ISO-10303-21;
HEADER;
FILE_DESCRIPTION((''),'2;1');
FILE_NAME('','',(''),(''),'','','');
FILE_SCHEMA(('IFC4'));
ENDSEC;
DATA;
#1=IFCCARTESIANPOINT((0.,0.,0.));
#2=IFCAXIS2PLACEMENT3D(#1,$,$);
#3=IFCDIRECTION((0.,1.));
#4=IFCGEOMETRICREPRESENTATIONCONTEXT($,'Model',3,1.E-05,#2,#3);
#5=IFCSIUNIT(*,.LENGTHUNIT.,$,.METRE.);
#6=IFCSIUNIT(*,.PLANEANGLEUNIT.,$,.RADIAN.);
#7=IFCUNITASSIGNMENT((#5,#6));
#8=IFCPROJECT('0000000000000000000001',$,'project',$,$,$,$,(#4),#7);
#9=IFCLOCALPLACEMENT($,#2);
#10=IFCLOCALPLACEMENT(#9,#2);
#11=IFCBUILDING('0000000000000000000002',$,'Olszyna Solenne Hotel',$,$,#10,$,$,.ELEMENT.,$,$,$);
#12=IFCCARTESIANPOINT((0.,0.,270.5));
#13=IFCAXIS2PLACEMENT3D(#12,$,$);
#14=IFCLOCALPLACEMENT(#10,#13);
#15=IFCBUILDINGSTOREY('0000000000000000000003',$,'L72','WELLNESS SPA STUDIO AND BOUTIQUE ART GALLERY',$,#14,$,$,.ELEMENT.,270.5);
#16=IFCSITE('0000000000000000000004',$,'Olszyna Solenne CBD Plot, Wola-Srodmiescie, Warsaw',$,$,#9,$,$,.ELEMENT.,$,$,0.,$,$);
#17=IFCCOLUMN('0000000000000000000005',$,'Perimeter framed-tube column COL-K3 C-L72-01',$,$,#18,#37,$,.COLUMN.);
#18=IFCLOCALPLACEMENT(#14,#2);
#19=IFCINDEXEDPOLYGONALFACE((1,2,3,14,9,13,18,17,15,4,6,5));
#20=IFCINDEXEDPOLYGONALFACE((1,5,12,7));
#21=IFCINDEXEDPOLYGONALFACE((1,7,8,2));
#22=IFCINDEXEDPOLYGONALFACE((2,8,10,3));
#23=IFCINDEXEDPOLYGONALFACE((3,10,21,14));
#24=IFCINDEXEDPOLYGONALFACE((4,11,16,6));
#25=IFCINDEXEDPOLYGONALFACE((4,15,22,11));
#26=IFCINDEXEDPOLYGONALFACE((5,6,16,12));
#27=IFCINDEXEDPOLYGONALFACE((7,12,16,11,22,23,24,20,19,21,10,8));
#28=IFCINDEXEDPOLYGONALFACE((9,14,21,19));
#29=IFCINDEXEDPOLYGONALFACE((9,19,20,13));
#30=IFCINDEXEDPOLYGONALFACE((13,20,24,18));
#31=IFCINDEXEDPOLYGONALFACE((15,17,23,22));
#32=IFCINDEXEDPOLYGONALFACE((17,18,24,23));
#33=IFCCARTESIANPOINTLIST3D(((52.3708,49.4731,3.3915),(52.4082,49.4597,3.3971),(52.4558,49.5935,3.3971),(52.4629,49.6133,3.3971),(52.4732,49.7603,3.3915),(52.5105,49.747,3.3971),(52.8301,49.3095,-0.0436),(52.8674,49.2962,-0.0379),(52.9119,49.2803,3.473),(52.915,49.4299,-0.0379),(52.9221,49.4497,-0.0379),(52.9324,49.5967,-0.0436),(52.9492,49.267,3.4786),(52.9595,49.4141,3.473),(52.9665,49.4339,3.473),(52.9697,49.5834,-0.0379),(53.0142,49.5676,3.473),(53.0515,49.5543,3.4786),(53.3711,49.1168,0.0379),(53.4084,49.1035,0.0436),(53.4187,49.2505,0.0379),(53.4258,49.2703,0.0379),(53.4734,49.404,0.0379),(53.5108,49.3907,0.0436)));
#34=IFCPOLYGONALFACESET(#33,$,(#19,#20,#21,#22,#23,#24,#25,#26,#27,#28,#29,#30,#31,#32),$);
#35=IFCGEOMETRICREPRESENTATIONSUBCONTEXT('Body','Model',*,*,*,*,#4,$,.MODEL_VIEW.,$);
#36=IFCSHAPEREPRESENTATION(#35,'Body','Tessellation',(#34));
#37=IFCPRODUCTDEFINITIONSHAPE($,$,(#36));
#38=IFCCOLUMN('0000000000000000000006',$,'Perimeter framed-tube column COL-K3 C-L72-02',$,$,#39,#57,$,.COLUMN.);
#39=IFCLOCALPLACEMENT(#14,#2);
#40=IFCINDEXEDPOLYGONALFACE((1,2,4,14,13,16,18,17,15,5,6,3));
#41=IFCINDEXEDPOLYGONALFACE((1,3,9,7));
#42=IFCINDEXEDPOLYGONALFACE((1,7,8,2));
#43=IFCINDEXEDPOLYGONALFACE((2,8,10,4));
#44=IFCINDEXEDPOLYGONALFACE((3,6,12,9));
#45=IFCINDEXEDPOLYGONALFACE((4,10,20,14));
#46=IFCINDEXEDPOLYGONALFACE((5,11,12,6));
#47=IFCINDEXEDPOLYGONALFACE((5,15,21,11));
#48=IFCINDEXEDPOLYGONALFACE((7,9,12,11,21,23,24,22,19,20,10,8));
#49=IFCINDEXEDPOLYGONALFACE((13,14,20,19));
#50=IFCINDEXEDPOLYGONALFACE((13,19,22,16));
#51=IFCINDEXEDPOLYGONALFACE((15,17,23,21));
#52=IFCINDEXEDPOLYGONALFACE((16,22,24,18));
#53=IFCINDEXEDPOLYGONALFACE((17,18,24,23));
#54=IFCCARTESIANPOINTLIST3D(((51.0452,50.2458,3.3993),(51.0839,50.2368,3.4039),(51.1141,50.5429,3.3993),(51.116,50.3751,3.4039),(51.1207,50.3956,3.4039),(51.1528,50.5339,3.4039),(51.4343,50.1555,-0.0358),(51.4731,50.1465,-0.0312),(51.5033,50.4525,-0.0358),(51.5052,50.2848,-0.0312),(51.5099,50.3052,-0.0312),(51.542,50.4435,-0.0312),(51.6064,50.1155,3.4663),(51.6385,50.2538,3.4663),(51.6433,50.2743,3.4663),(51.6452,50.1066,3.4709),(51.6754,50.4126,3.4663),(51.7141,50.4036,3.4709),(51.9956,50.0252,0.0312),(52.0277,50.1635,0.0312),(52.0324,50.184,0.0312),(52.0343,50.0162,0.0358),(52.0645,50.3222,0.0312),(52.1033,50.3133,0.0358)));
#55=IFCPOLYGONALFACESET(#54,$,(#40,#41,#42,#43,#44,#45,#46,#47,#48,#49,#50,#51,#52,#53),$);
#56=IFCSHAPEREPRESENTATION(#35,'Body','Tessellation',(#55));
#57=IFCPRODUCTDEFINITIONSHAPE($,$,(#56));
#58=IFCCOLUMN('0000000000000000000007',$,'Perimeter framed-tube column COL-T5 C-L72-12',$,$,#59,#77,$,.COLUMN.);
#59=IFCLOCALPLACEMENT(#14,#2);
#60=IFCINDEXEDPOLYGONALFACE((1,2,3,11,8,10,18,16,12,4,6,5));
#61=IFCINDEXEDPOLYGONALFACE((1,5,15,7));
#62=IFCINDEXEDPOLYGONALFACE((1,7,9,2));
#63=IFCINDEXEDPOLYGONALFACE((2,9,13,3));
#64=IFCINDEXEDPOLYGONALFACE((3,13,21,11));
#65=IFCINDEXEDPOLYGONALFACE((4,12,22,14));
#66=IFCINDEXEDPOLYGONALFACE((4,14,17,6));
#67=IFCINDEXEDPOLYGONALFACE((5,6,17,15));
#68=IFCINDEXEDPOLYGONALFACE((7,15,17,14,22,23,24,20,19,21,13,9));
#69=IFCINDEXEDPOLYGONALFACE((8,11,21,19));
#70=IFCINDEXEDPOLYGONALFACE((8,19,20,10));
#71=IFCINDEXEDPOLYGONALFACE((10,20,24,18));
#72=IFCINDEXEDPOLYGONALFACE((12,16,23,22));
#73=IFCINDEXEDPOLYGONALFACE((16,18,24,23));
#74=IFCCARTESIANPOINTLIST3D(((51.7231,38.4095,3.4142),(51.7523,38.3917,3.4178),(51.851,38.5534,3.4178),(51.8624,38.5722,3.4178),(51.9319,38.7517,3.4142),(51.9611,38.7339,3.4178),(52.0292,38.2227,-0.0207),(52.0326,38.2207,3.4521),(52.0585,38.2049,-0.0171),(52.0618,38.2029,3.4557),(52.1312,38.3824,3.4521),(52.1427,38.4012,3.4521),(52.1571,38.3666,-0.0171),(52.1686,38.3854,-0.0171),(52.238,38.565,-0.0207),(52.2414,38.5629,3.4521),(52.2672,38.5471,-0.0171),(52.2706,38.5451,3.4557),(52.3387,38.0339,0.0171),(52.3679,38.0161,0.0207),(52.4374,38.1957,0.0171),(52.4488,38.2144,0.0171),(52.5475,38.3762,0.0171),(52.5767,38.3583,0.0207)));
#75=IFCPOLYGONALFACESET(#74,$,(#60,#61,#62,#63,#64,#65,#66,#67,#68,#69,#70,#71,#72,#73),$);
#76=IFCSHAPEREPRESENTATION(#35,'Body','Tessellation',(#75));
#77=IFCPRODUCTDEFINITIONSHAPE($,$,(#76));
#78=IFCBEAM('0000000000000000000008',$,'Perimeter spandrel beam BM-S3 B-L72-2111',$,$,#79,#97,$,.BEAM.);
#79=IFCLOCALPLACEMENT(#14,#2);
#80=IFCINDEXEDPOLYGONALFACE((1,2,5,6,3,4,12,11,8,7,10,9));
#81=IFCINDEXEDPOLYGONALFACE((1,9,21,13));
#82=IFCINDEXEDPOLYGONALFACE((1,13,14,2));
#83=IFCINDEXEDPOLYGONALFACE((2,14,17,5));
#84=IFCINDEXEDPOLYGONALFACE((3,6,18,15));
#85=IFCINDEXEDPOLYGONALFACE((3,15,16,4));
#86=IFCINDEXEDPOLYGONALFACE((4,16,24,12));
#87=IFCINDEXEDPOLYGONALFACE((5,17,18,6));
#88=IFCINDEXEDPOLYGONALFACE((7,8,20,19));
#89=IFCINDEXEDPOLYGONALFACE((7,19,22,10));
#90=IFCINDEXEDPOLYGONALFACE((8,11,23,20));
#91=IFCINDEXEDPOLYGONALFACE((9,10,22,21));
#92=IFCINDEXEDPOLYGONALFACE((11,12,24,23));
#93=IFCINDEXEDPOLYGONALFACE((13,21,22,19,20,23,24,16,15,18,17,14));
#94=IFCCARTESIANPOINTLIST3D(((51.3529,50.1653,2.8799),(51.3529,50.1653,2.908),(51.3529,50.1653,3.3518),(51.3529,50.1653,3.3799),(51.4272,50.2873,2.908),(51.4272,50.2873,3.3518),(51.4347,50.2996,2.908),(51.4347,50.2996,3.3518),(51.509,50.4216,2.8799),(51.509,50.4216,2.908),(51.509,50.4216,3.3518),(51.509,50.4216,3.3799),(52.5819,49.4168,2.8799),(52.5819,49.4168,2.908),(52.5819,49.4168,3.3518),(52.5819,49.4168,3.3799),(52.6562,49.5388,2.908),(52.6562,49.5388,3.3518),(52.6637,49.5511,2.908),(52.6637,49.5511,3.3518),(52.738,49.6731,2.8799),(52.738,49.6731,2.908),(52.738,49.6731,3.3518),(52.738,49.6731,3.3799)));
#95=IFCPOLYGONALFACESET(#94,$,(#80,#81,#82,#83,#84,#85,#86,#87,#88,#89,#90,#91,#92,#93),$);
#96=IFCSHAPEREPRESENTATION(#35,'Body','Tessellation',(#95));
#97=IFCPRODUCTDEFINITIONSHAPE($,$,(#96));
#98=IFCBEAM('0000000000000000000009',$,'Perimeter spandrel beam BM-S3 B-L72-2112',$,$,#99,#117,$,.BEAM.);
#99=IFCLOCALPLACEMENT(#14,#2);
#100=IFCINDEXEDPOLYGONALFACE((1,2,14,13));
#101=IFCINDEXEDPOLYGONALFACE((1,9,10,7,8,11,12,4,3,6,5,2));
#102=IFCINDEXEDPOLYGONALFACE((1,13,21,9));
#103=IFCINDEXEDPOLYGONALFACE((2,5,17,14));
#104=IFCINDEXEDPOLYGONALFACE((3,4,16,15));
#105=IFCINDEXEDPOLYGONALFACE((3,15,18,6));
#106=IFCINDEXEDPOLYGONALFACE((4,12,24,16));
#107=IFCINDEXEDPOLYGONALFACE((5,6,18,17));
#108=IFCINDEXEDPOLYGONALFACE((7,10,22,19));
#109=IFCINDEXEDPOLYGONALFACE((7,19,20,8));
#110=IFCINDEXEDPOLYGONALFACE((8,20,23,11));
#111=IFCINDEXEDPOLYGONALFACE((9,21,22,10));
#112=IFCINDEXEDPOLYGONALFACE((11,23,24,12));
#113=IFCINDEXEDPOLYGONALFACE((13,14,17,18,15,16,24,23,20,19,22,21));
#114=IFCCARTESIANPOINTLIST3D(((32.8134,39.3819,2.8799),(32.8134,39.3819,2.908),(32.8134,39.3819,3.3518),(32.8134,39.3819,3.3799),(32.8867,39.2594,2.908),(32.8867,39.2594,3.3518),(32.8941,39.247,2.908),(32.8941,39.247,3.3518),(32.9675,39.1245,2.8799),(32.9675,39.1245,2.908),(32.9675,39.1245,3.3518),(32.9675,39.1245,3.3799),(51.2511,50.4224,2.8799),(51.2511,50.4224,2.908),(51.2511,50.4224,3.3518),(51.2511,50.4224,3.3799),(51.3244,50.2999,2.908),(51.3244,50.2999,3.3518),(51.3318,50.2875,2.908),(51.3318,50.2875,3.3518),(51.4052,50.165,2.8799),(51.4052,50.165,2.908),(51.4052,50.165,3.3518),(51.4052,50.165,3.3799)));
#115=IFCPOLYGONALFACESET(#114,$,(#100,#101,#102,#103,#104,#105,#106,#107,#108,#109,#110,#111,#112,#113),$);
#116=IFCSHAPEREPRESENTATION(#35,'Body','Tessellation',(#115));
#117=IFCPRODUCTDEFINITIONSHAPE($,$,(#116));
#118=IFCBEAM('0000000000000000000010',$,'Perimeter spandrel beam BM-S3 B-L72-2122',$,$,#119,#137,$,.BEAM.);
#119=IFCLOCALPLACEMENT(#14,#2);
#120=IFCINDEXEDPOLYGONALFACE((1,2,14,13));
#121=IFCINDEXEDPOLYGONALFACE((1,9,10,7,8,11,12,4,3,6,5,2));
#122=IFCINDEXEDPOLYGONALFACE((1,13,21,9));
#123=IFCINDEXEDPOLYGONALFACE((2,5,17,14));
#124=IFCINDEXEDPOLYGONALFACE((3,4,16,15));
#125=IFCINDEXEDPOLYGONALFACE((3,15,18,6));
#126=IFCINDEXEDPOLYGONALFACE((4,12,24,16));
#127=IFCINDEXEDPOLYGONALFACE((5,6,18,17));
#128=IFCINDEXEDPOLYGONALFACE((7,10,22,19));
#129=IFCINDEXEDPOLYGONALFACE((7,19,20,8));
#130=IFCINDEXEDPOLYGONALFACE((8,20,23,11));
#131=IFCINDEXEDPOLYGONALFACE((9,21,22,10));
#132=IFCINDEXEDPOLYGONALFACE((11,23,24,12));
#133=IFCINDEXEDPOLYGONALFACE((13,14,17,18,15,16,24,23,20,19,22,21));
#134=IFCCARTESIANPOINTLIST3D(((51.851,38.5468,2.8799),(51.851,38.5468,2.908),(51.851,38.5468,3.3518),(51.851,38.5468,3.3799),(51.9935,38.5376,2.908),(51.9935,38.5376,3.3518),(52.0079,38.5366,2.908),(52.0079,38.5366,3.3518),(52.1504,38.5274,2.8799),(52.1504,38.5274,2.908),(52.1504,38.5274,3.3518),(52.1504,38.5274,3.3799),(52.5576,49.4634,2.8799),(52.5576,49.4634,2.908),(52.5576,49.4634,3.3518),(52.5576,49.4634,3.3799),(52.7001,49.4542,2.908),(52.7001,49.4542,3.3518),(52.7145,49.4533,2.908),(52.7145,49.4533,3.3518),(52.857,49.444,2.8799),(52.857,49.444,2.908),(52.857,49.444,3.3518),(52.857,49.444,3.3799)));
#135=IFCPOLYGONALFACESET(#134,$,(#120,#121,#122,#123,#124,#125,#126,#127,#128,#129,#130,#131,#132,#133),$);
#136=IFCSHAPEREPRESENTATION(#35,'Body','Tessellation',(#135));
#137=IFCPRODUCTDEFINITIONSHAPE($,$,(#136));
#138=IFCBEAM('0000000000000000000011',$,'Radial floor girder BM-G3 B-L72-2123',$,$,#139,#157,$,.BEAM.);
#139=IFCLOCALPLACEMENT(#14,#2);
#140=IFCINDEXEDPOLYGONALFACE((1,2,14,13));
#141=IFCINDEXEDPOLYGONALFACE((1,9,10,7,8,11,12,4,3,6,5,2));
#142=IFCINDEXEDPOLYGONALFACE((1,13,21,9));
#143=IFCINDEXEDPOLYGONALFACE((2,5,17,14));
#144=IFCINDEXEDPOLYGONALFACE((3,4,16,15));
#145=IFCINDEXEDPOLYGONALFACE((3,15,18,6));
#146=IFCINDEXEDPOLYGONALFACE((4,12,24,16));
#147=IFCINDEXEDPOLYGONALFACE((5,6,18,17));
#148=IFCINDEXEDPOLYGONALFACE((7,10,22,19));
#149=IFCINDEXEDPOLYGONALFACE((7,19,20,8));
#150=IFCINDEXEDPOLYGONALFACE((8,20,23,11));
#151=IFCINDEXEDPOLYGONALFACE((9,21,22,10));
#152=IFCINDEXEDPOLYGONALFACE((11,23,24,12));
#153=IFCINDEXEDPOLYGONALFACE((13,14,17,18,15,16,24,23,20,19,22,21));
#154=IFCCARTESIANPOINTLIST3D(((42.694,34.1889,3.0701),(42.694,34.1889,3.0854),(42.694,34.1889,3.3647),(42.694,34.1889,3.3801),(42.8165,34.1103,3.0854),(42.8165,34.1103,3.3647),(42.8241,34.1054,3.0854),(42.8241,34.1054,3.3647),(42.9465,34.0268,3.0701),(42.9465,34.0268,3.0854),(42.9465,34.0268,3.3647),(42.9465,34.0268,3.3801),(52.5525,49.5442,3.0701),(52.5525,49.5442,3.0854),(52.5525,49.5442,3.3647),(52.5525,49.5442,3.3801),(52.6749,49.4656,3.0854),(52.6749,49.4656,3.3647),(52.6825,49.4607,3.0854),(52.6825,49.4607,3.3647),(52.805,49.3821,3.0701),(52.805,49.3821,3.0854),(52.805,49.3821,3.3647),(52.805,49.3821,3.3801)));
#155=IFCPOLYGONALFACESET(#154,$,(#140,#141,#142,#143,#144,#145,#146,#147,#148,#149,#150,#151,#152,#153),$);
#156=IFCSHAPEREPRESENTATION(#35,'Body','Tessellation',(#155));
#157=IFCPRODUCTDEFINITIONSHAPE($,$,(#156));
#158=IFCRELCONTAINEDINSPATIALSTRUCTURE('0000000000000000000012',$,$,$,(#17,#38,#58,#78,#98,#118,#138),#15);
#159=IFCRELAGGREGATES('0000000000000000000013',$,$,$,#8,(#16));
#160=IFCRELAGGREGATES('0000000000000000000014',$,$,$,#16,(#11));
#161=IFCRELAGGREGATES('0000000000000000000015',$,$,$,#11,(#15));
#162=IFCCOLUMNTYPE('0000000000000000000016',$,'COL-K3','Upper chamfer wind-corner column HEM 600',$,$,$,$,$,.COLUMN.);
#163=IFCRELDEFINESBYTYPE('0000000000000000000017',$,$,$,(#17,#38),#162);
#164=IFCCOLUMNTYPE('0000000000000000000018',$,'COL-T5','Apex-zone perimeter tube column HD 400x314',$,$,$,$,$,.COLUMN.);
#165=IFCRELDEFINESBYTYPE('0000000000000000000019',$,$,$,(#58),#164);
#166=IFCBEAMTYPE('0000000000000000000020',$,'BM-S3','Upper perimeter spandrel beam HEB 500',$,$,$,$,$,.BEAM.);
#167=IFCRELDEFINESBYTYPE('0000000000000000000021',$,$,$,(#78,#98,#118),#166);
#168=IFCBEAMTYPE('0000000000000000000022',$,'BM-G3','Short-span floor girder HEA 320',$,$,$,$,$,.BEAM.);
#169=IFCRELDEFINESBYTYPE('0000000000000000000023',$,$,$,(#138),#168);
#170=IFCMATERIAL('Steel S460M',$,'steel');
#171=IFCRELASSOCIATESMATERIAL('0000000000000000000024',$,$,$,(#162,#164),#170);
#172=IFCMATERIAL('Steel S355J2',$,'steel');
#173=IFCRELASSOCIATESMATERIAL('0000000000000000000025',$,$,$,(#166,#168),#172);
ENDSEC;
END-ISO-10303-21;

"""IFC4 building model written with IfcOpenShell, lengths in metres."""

from ifc_helpers import new_model, si_unit, direction, frame, origin, origin_2d, place, context, subcontext, project, spatial, i_section, extrude, source, transform, mapped, material, material_profile, profile_set, type_object, element, save


model = new_model("IFC4")

# Units and contexts
model_context = context("Model", 3, precision=1e-05, world=origin(), true_north=direction((0.0, 1.0)))
body_context = subcontext(model_context, "Body", "Model", "MODEL_VIEW")
ifc_project = project(units=[si_unit("LENGTHUNIT", "METRE"), si_unit("PLANEANGLEUNIT", "RADIAN")], contexts=[model_context])

# Site, building, storey
site_placement = place(None, origin())
site = spatial("IfcSite", under=ifc_project, at=site_placement, Name="Olszyna Solenne CBD Plot, Wola-Srodmiescie, Warsaw", CompositionType="ELEMENT", RefElevation=0.0)
building_placement = place(site_placement, origin())
building = spatial("IfcBuilding", under=site, at=building_placement, Name="Olszyna Solenne Hotel", CompositionType="ELEMENT")
storey_placement = place(building_placement, frame((0.0, 0.0, 270.5)))
storey = spatial("IfcBuildingStorey", under=building, at=storey_placement, Name="L72", Description="WELLNESS SPA STUDIO AND BOUTIQUE ART GALLERY", CompositionType="ELEMENT", Elevation=270.5)

# Columns
ifc_material_1 = material(Name="Steel S460M", Category="steel")
ifc_material_profile_1 = material_profile(ifc_material_1, i_section(OverallWidth=0.3049, OverallDepth=0.6201, WebThickness=0.021, FlangeThickness=0.04, at=origin_2d()), Name="HEM 600", Category="load-bearing")
ifc_profile_set_1 = profile_set([ifc_material_profile_1], Name="Steel S460M")
column_type_1 = type_object("IfcColumnType", Name="COL-K3", Description="Upper chamfer wind-corner column HEM 600", PredefinedType="COLUMN", material=ifc_profile_set_1)
shared_shape_1 = source(origin(), body_context, "Body", "SweptSolid", [
    extrude(i_section(OverallWidth=0.3049, OverallDepth=0.6201, WebThickness=0.021, FlangeThickness=0.04, at=origin_2d()), origin(), (0.0, 0.0, 1.0), 3.4695),
])
column_1_placement = place(storey_placement, frame((53.1704, 49.3501, 0.0), z_axis=(-0.132362, 0.047147, 0.990079), x_axis=(-0.335543, -0.942025, 0.0)))
element("IfcColumn", 1, at=column_1_placement, inside=storey, type_object=column_type_1, Name="Perimeter framed-tube column COL-K3 C-L72-01", PredefinedType="COLUMN", context=body_context, shape_type="MappedRepresentation", body=[
    mapped(shared_shape_1, transform((0.0, 0.0, 0.0), x_axis=(1.0, 0.0, 0.0), y_axis=(0.0, 1.0, 0.0), z_axis=(0.0, 0.0, 1.0), scale=1.0)),
])
shared_shape_2 = source(origin(), body_context, "Body", "SweptSolid", [
    extrude(i_section(OverallWidth=0.3049, OverallDepth=0.6201, WebThickness=0.021, FlangeThickness=0.04, at=origin_2d()), origin(), (0.0, 0.0, 1.0), 3.4583),
])
column_2_placement = place(storey_placement, frame((51.7688, 50.2344, 0.0), z_axis=(-0.112532, 0.026121, 0.993305), x_axis=(-0.226109, -0.974102, 0.0)))
element("IfcColumn", 2, at=column_2_placement, inside=storey, type_object=column_type_1, Name="Perimeter framed-tube column COL-K3 C-L72-02", PredefinedType="COLUMN", context=body_context, shape_type="MappedRepresentation", body=[
    mapped(shared_shape_2, transform((0.0, 0.0, 0.0), x_axis=(1.0, 0.0, 0.0), y_axis=(0.0, 1.0, 0.0), z_axis=(0.0, 0.0, 1.0), scale=1.0)),
])
ifc_material_profile_2 = material_profile(ifc_material_1, i_section(OverallWidth=0.4009, OverallDepth=0.3989, WebThickness=0.022, FlangeThickness=0.0344, at=origin_2d()), Name="HD 400x314", Category="load-bearing")
ifc_profile_set_2 = profile_set([ifc_material_profile_2], Name="Steel S460M")
column_type_2 = type_object("IfcColumnType", Name="COL-T5", Description="Apex-zone perimeter tube column HD 400x314", PredefinedType="COLUMN", material=ifc_profile_set_2)
shared_shape_3 = source(origin(), body_context, "Body", "SweptSolid", [
    extrude(i_section(OverallWidth=0.4009, OverallDepth=0.3989, WebThickness=0.022, FlangeThickness=0.0344, at=origin_2d()), origin(), (0.0, 0.0, 1.0), 3.4536),
])
column_3_placement = place(storey_placement, frame((52.303, 38.2905, 0.0), z_axis=(-0.088644, 0.054077, 0.994594), x_axis=(-0.520789, -0.853685, 0.0)))
element("IfcColumn", 3, at=column_3_placement, inside=storey, type_object=column_type_2, Name="Perimeter framed-tube column COL-T5 C-L72-12", PredefinedType="COLUMN", context=body_context, shape_type="MappedRepresentation", body=[
    mapped(shared_shape_3, transform((0.0, 0.0, 0.0), x_axis=(1.0, 0.0, 0.0), y_axis=(0.0, 1.0, 0.0), z_axis=(0.0, 0.0, 1.0), scale=1.0)),
])

# Beams
ifc_material_2 = material(Name="Steel S355J2", Category="steel")
ifc_material_profile_3 = material_profile(ifc_material_2, i_section(OverallWidth=0.3, OverallDepth=0.5, WebThickness=0.0144, FlangeThickness=0.0281, at=origin_2d()), Name="HEB 500", Category="load-bearing")
ifc_profile_set_3 = profile_set([ifc_material_profile_3], Name="Steel S355J2")
beam_type_1 = type_object("IfcBeamType", Name="BM-S3", Description="Upper perimeter spandrel beam HEB 500", PredefinedType="BEAM", material=ifc_profile_set_3)
shared_shape_4 = source(origin(), body_context, "Body", "SweptSolid", [
    extrude(i_section(OverallWidth=0.3, OverallDepth=0.5, WebThickness=0.0144, FlangeThickness=0.0281, at=origin_2d()), origin(), (0.0, 0.0, 1.0), 1.439),
])
beam_1_placement = place(storey_placement, frame((52.6599, 49.5449, 3.1299), z_axis=(-0.854061, 0.520173, 0.0), x_axis=(-0.520173, -0.854061, 0.0)))
element("IfcBeam", 4, at=beam_1_placement, inside=storey, type_object=beam_type_1, Name="Perimeter spandrel beam BM-S3 B-L72-2111", PredefinedType="BEAM", context=body_context, shape_type="MappedRepresentation", body=[
    mapped(shared_shape_4, transform((0.0, 0.0, 0.0), x_axis=(1.0, 0.0, 0.0), y_axis=(0.0, 1.0, 0.0), z_axis=(0.0, 0.0, 1.0), scale=1.0)),
])
shared_shape_5 = source(origin(), body_context, "Body", "SweptSolid", [
    extrude(i_section(OverallWidth=0.3, OverallDepth=0.5, WebThickness=0.0144, FlangeThickness=0.0281, at=origin_2d()), origin(), (0.0, 0.0, 1.0), 21.4905),
])
beam_2_placement = place(storey_placement, frame((51.3281, 50.2937, 3.1299), z_axis=(-0.857947, -0.513739, 0.0), x_axis=(0.513739, -0.857947, 0.0)))
element("IfcBeam", 5, at=beam_2_placement, inside=storey, type_object=beam_type_1, Name="Perimeter spandrel beam BM-S3 B-L72-2112", PredefinedType="BEAM", context=body_context, shape_type="MappedRepresentation", body=[
    mapped(shared_shape_5, transform((0.0, 0.0, 0.0), x_axis=(1.0, 0.0, 0.0), y_axis=(0.0, 1.0, 0.0), z_axis=(0.0, 0.0, 1.0), scale=1.0)),
])
shared_shape_6 = source(origin(), body_context, "Body", "SweptSolid", [
    extrude(i_section(OverallWidth=0.3, OverallDepth=0.5, WebThickness=0.0144, FlangeThickness=0.0281, at=origin_2d()), origin(), (0.0, 0.0, 1.0), 10.9395),
])
beam_3_placement = place(storey_placement, frame((52.0007, 38.5371, 3.1299), z_axis=(0.064587, 0.997912, 0.0), x_axis=(-0.997912, 0.064587, 0.0)))
element("IfcBeam", 6, at=beam_3_placement, inside=storey, type_object=beam_type_1, Name="Perimeter spandrel beam BM-S3 B-L72-2122", PredefinedType="BEAM", context=body_context, shape_type="MappedRepresentation", body=[
    mapped(shared_shape_6, transform((0.0, 0.0, 0.0), x_axis=(1.0, 0.0, 0.0), y_axis=(0.0, 1.0, 0.0), z_axis=(0.0, 0.0, 1.0), scale=1.0)),
])
ifc_material_profile_4 = material_profile(ifc_material_2, i_section(OverallWidth=0.3, OverallDepth=0.3101, WebThickness=0.009, FlangeThickness=0.0154, at=origin_2d()), Name="HEA 320", Category="load-bearing")
ifc_profile_set_4 = profile_set([ifc_material_profile_4], Name="Steel S355J2")
beam_type_2 = type_object("IfcBeamType", Name="BM-G3", Description="Short-span floor girder HEA 320", PredefinedType="BEAM", material=ifc_profile_set_4)
shared_shape_7 = source(origin(), body_context, "Body", "SweptSolid", [
    extrude(i_section(OverallWidth=0.3, OverallDepth=0.3101, WebThickness=0.009, FlangeThickness=0.0154, at=origin_2d()), origin(), (0.0, 0.0, 1.0), 18.2476),
])
beam_4_placement = place(storey_placement, frame((52.6787, 49.4631, 3.2251), z_axis=(-0.54026, -0.841498, 0.0), x_axis=(0.841498, -0.54026, 0.0)))
element("IfcBeam", 7, at=beam_4_placement, inside=storey, type_object=beam_type_2, Name="Radial floor girder BM-G3 B-L72-2123", PredefinedType="BEAM", context=body_context, shape_type="MappedRepresentation", body=[
    mapped(shared_shape_7, transform((0.0, 0.0, 0.0), x_axis=(1.0, 0.0, 0.0), y_axis=(0.0, 1.0, 0.0), z_axis=(0.0, 0.0, 1.0), scale=1.0)),
])

save(model, "model.ifc")
